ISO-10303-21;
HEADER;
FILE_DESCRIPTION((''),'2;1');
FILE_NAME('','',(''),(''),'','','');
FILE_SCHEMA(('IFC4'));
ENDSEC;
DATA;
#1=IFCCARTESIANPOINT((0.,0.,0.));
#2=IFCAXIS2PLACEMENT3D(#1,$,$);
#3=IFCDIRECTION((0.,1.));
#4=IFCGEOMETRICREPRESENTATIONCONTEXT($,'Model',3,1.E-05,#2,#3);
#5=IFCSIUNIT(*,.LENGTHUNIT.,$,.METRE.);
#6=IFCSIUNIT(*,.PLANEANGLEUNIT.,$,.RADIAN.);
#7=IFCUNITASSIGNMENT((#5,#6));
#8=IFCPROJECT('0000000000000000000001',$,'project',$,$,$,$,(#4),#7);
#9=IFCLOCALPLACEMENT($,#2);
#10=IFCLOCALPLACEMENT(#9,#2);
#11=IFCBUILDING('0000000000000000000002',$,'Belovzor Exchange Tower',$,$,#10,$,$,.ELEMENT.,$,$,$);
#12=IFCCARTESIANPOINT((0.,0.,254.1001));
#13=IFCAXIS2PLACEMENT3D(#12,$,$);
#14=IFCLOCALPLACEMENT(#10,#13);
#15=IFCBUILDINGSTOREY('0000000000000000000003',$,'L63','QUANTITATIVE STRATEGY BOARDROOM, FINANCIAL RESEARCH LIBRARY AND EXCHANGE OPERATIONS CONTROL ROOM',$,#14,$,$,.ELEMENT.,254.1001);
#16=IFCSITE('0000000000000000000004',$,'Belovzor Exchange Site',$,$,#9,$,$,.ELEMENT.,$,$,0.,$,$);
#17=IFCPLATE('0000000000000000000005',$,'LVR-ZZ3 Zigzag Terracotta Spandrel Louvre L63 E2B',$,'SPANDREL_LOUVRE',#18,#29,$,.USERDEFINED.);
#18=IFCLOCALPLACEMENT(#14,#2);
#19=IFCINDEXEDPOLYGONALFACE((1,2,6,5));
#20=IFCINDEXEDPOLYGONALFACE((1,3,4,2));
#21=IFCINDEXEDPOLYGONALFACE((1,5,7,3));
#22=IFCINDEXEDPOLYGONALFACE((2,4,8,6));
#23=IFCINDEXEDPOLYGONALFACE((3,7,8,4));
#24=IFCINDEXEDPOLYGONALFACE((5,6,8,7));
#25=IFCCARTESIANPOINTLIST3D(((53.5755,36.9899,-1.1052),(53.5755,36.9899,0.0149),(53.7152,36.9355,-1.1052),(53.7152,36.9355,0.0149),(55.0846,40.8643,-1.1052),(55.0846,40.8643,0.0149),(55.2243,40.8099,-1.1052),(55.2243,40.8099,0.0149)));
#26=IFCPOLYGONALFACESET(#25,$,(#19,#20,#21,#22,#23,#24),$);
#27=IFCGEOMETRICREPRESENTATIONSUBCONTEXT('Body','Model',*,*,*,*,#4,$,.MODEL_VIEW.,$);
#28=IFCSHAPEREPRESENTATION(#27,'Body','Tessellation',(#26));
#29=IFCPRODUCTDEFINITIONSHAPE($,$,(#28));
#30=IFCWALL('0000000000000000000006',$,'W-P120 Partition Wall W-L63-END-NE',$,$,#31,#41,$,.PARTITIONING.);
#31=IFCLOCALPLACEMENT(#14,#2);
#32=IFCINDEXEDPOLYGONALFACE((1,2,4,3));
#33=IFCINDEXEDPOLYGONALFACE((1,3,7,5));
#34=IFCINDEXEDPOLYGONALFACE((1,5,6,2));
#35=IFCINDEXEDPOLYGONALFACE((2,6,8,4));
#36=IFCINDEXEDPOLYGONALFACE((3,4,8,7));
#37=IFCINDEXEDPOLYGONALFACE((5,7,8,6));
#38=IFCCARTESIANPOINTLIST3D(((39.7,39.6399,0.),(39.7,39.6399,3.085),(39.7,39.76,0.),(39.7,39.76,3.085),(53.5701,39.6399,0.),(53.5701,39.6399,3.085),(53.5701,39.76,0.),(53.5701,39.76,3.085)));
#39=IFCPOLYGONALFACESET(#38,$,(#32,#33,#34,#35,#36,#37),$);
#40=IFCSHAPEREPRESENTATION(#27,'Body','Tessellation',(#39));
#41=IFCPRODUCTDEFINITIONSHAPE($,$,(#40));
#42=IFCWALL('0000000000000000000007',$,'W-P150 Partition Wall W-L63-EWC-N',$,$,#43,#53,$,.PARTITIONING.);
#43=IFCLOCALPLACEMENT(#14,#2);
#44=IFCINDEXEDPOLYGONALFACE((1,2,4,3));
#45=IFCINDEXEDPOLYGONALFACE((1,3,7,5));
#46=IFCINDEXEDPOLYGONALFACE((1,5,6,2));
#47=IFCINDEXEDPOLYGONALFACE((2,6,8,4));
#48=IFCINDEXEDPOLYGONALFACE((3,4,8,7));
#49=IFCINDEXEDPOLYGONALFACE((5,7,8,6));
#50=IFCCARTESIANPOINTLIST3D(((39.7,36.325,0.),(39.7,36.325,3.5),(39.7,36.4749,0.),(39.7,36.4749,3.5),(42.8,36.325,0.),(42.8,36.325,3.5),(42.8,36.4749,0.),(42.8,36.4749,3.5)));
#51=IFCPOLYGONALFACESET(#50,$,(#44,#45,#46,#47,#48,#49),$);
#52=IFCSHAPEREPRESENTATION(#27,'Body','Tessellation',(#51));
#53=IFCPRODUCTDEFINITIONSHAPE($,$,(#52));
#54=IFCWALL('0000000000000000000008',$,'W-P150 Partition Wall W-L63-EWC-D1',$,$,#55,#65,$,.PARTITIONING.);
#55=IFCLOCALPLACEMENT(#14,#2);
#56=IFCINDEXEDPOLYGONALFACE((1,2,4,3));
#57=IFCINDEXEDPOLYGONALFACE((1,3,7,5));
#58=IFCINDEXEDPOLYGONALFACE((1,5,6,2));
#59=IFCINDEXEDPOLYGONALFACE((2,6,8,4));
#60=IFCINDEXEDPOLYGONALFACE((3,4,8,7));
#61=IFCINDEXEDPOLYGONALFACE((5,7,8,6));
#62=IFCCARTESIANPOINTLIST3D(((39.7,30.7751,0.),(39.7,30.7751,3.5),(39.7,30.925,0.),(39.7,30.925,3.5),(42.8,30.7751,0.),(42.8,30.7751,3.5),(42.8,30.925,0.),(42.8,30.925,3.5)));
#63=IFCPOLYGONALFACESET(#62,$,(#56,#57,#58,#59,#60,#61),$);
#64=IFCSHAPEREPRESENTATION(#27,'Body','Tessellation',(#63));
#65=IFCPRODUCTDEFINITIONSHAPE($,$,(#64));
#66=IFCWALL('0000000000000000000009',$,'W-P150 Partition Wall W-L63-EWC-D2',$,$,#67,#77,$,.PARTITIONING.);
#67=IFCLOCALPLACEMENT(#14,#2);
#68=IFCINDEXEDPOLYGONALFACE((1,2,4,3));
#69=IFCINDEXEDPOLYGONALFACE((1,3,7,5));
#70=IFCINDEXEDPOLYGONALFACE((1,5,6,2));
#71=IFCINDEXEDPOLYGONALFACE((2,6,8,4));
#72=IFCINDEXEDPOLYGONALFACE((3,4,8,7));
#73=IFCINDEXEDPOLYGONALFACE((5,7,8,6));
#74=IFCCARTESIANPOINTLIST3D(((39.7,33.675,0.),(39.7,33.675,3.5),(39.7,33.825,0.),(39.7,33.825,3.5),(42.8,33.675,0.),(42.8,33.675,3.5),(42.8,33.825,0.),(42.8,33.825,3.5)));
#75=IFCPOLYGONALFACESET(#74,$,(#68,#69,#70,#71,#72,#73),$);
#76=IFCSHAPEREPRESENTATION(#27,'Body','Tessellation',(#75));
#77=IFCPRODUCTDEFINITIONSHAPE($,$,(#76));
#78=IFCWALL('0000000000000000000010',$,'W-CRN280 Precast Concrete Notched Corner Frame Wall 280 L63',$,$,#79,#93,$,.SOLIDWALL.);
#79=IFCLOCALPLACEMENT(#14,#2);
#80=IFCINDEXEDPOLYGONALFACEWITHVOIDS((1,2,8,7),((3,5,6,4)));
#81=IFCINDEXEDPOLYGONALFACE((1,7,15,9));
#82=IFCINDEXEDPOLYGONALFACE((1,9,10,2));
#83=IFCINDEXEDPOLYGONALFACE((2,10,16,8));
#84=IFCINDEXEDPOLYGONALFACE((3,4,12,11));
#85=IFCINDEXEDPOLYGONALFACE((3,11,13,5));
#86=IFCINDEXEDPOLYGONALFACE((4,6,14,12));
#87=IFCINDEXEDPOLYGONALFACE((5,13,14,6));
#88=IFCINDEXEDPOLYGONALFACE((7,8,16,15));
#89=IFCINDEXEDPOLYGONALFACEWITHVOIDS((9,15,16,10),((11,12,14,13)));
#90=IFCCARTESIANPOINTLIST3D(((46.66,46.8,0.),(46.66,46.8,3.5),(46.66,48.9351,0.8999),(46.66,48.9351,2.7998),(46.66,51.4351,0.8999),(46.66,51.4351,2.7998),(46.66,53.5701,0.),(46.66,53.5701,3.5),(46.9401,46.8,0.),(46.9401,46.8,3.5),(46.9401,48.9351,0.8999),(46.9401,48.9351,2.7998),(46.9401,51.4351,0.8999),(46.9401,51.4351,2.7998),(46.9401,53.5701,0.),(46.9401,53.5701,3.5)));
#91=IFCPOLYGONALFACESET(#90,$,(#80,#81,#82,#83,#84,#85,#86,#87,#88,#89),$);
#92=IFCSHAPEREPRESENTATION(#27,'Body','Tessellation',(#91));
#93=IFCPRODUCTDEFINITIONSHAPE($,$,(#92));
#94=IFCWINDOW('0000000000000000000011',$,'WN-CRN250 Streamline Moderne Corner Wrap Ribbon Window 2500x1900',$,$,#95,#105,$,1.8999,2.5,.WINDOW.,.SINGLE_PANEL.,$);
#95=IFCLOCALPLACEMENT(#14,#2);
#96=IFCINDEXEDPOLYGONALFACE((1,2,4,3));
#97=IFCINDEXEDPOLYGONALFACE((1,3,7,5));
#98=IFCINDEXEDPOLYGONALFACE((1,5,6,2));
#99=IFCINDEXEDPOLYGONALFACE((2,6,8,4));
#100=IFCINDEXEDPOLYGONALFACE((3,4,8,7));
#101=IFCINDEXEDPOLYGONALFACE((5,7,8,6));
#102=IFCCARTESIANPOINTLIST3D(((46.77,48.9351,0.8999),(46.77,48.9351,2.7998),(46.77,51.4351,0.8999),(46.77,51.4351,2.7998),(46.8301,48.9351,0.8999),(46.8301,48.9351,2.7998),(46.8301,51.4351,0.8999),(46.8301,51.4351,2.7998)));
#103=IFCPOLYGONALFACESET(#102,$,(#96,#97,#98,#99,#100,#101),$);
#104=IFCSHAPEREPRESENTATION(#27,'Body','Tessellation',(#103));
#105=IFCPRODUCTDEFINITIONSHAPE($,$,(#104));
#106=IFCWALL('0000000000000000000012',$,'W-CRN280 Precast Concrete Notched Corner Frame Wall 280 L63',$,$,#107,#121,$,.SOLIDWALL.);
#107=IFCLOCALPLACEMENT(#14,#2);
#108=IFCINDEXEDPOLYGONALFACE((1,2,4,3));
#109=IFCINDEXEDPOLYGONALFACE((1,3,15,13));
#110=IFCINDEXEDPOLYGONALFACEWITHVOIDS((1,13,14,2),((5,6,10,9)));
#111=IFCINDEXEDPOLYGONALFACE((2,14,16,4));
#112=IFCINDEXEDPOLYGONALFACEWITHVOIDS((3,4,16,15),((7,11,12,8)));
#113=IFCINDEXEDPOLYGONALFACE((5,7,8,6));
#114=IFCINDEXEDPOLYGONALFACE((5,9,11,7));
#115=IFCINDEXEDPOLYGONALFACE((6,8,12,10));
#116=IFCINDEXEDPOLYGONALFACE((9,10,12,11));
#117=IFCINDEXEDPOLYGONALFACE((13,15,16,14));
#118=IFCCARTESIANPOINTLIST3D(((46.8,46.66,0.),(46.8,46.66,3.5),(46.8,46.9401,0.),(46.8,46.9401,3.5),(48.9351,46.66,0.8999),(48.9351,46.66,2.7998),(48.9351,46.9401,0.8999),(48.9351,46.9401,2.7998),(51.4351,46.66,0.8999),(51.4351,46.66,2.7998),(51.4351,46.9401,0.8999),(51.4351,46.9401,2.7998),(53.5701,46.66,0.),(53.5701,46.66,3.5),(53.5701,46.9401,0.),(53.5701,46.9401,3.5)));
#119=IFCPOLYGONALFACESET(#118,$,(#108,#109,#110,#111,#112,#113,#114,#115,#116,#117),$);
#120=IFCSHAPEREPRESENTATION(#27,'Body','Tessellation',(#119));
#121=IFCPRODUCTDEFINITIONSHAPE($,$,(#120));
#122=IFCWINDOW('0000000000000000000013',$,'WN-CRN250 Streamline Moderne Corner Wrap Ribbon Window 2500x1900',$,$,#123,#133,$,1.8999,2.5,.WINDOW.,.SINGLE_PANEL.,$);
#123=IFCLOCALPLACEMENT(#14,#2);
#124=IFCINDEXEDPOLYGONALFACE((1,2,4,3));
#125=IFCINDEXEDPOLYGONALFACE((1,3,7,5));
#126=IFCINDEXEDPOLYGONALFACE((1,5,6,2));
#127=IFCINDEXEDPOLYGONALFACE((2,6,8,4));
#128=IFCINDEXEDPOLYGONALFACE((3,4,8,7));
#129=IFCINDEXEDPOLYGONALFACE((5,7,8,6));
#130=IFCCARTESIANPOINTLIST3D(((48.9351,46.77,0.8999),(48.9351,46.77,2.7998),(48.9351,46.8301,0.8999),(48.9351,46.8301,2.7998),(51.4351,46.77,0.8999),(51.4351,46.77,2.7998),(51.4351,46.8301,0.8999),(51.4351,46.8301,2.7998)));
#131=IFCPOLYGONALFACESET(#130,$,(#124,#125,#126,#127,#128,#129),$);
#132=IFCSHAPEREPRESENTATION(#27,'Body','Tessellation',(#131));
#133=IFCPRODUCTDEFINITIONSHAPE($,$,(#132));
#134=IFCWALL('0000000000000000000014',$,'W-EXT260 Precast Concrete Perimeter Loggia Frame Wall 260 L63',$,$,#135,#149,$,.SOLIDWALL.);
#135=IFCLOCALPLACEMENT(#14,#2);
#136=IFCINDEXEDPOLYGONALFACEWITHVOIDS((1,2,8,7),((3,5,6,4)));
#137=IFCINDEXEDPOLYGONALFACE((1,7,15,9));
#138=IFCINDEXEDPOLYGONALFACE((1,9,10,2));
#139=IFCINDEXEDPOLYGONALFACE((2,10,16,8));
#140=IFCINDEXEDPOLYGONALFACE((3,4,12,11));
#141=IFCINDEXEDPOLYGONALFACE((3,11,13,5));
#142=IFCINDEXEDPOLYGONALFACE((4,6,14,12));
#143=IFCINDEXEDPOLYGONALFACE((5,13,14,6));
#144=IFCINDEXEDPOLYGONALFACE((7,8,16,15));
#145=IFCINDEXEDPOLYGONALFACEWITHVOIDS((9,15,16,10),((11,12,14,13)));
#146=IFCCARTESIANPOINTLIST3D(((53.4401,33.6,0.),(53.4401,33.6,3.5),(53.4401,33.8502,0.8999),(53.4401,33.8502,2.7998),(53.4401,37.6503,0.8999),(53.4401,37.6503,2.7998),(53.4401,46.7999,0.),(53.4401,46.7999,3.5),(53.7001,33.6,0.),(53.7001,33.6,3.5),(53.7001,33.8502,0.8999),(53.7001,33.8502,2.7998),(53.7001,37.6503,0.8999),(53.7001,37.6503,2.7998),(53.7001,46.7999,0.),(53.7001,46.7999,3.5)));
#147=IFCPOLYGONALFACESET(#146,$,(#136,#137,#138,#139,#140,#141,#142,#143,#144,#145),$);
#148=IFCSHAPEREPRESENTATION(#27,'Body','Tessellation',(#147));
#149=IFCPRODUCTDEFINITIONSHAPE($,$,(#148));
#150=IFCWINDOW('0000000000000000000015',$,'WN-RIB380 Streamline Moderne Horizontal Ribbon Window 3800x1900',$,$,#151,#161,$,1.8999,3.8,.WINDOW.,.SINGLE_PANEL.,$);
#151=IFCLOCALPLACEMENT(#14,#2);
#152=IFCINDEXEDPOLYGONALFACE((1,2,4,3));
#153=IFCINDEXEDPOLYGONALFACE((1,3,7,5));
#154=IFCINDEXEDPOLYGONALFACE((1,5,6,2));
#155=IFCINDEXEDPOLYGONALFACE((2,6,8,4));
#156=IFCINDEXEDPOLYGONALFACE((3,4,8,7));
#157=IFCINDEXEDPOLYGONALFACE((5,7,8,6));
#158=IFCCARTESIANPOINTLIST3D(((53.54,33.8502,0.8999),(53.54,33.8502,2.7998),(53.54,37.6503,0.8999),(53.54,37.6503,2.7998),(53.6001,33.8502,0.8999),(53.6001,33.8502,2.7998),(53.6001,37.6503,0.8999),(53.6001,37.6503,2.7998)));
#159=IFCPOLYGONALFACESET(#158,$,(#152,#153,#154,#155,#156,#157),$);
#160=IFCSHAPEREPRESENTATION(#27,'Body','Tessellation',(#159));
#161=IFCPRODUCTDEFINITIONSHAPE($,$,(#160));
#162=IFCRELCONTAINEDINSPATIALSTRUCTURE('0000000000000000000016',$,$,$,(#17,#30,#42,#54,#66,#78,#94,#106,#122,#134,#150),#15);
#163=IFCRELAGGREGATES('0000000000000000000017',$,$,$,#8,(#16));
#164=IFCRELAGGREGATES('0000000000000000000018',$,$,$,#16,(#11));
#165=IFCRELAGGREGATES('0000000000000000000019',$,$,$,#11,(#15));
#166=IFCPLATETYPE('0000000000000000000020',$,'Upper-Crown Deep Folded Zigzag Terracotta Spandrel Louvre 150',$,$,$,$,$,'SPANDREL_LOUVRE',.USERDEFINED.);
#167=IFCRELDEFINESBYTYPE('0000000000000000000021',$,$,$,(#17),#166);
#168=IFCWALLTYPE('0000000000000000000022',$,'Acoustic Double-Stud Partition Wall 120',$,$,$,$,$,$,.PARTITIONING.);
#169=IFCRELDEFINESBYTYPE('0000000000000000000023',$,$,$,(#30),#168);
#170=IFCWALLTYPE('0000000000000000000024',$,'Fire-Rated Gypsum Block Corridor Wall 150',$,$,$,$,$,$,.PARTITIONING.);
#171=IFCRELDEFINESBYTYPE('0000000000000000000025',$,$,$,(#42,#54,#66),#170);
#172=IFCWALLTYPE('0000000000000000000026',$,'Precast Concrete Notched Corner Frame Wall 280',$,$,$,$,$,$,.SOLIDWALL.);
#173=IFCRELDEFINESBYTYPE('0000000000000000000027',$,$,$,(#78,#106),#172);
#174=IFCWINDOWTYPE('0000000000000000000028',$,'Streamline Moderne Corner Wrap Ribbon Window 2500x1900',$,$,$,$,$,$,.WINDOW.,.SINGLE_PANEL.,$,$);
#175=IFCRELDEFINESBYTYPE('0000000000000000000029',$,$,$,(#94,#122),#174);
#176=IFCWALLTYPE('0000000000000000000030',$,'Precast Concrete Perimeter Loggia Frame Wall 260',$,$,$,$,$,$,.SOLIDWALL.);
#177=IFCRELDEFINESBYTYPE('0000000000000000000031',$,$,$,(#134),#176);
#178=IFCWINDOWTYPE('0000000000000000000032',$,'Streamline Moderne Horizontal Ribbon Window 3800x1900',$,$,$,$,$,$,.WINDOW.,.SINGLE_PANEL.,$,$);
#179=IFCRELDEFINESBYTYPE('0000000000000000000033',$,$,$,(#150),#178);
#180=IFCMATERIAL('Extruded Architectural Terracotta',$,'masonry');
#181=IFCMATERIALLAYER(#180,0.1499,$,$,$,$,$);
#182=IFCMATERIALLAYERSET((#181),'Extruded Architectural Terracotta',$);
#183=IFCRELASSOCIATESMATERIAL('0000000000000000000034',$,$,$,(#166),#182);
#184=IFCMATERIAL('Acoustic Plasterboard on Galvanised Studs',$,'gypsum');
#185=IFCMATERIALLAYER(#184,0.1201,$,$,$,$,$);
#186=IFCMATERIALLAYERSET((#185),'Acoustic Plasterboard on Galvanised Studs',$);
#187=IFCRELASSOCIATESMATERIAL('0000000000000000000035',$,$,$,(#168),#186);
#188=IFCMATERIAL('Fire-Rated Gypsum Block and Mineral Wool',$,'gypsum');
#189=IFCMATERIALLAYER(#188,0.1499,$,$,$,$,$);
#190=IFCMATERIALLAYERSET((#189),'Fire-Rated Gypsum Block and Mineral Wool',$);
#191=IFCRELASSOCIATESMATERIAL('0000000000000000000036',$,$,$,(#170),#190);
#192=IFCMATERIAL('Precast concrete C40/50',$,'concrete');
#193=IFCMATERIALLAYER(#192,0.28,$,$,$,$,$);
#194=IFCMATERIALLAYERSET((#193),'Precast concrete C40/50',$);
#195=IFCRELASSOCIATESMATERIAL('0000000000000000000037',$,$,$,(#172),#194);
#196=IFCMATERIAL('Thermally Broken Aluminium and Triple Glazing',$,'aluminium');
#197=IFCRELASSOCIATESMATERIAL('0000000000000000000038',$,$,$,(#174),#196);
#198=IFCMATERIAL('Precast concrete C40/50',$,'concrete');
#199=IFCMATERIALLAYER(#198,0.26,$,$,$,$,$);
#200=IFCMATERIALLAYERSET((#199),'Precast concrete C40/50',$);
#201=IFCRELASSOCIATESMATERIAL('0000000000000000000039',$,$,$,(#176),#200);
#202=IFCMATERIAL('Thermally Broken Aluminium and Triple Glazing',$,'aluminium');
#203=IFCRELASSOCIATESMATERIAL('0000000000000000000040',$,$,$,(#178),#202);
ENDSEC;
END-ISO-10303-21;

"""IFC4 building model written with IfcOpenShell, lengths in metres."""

from ifc_helpers import new_model, si_unit, direction, frame, frame_2d, origin, origin_2d, place, context, subcontext, project, spatial, rectangle, extrude, material, layer, layer_set, type_object, element, fill, save


model = new_model("IFC4")

# Units and contexts
model_context = context("Model", 3, precision=1e-05, world=origin(), true_north=direction((0.0, 1.0)))
body_context = subcontext(model_context, "Body", "Model", "MODEL_VIEW")
ifc_project = project(units=[si_unit("LENGTHUNIT", "METRE"), si_unit("PLANEANGLEUNIT", "RADIAN")], contexts=[model_context])

# Site, building, storey
site_placement = place(None, origin())
site = spatial("IfcSite", under=ifc_project, at=site_placement, Name="Belovzor Exchange Site", CompositionType="ELEMENT", RefElevation=0.0)
building_placement = place(site_placement, origin())
building = spatial("IfcBuilding", under=site, at=building_placement, Name="Belovzor Exchange Tower", CompositionType="ELEMENT")
storey_placement = place(building_placement, frame((0.0, 0.0, 254.1001)))
storey = spatial("IfcBuildingStorey", under=building, at=storey_placement, Name="L63", Description="QUANTITATIVE STRATEGY BOARDROOM, FINANCIAL RESEARCH LIBRARY AND EXCHANGE OPERATIONS CONTROL ROOM", CompositionType="ELEMENT", Elevation=254.1001)

# Plate
ifc_material_1 = material(Name="Extruded Architectural Terracotta", Category="masonry")
ifc_layer_1 = layer(ifc_material_1, 0.1499)
ifc_layer_set_1 = layer_set([ifc_layer_1], Name="Extruded Architectural Terracotta")
plate_type_1 = type_object("IfcPlateType", Name="Upper-Crown Deep Folded Zigzag Terracotta Spandrel Louvre 150", ElementType="SPANDREL_LOUVRE", PredefinedType="USERDEFINED", material=ifc_layer_set_1)
for number, where, z_axis, x_axis, name in (
    (1, (54.3999, 38.8999, -1.1052), (0.0, 0.0, 1.0), (0.362926, 0.931818, 0.0), "LVR-ZZ3 Zigzag Terracotta Spandrel Louvre L63 E2B"),
):
    element("IfcPlate", number, at=place(storey_placement, frame(where, z_axis=z_axis, x_axis=x_axis)), inside=storey, type_object=plate_type_1, Name=name, ObjectType="SPANDREL_LOUVRE", PredefinedType="USERDEFINED", context=body_context, shape_type="SweptSolid", body=[
        extrude(rectangle(XDim=4.158, YDim=0.1499, at=origin_2d()), origin(), (0.0, 0.0, 1.0), 1.1201),
    ])

# Walls
ifc_material_2 = material(Name="Acoustic Plasterboard on Galvanised Studs", Category="gypsum")
ifc_layer_2 = layer(ifc_material_2, 0.1201)
ifc_layer_set_2 = layer_set([ifc_layer_2], Name="Acoustic Plasterboard on Galvanised Studs")
wall_type_1 = type_object("IfcWallType", Name="Acoustic Double-Stud Partition Wall 120", PredefinedType="PARTITIONING", material=ifc_layer_set_2)
wall_1_placement = place(storey_placement, frame((39.7, 39.7, 0.0), z_axis=(0.0, 0.0, 1.0), x_axis=(1.0, 0.0, 0.0)))
element("IfcWall", 2, at=wall_1_placement, inside=storey, type_object=wall_type_1, Name="W-P120 Partition Wall W-L63-END-NE", PredefinedType="PARTITIONING", context=body_context, shape_type="SweptSolid", body=[
    extrude(rectangle(XDim=13.8701, YDim=0.1201, at=frame_2d((6.9351, 0.0))), origin(), (0.0, 0.0, 1.0), 3.085),
])
ifc_material_3 = material(Name="Fire-Rated Gypsum Block and Mineral Wool", Category="gypsum")
ifc_layer_3 = layer(ifc_material_3, 0.1499)
ifc_layer_set_3 = layer_set([ifc_layer_3], Name="Fire-Rated Gypsum Block and Mineral Wool")
wall_type_2 = type_object("IfcWallType", Name="Fire-Rated Gypsum Block Corridor Wall 150", PredefinedType="PARTITIONING", material=ifc_layer_set_3)
for number, where, z_axis, x_axis, name in (
    (3, (39.7, 36.3999, 0.0), (0.0, 0.0, 1.0), (1.0, 0.0, 0.0), "W-P150 Partition Wall W-L63-EWC-N"),
    (4, (39.7, 30.8501, 0.0), (0.0, 0.0, 1.0), (1.0, 0.0, 0.0), "W-P150 Partition Wall W-L63-EWC-D1"),
    (5, (39.7, 33.75, 0.0), (0.0, 0.0, 1.0), (1.0, 0.0, 0.0), "W-P150 Partition Wall W-L63-EWC-D2"),
):
    element("IfcWall", number, at=place(storey_placement, frame(where, z_axis=z_axis, x_axis=x_axis)), inside=storey, type_object=wall_type_2, Name=name, PredefinedType="PARTITIONING", context=body_context, shape_type="SweptSolid", body=[
        extrude(rectangle(XDim=3.1001, YDim=0.1499, at=frame_2d((1.55, 0.0))), origin(), (0.0, 0.0, 1.0), 3.5),
    ])

# Walls, openings, windows
ifc_material_4 = material(Name="Precast concrete C40/50", Category="concrete")
ifc_layer_4 = layer(ifc_material_4, 0.28)
ifc_layer_set_4 = layer_set([ifc_layer_4], Name="Precast concrete C40/50")
wall_type_3 = type_object("IfcWallType", Name="Precast Concrete Notched Corner Frame Wall 280", PredefinedType="SOLIDWALL", material=ifc_layer_set_4)
wall_2_placement = place(storey_placement, frame((46.8, 53.5701, 0.0), z_axis=(0.0, 0.0, 1.0), x_axis=(0.0, -1.0, 0.0)))
wall_2 = element("IfcWall", 6, at=wall_2_placement, inside=storey, type_object=wall_type_3, Name="W-CRN280 Precast Concrete Notched Corner Frame Wall 280 L63", PredefinedType="SOLIDWALL", context=body_context, shape_type="SweptSolid", body=[
    extrude(rectangle(XDim=6.77, YDim=0.28, at=frame_2d((3.385, 0.0))), origin(), (0.0, 0.0, 1.0), 3.5),
])
opening_1_placement = place(wall_2_placement, frame((2.135, 0.0, 0.8999)))
opening_1 = element("IfcOpeningElement", 7, at=opening_1_placement, cuts=wall_2, PredefinedType="OPENING", context=body_context, shape_type="SweptSolid", body=[
    extrude(rectangle(XDim=2.5, YDim=1.8999, at=frame_2d((1.25, 0.95))), frame((0.0, 0.1499, 0.0), z_axis=(0.0, -1.0, 0.0), x_axis=(1.0, 0.0, 0.0)), (0.0, 0.0, 1.0), 0.3),
])
ifc_material_5 = material(Name="Thermally Broken Aluminium and Triple Glazing", Category="aluminium")
window_type_1 = type_object("IfcWindowType", Name="Streamline Moderne Corner Wrap Ribbon Window 2500x1900", PartitioningType="SINGLE_PANEL", PredefinedType="WINDOW", material=ifc_material_5)
window_1_placement = place(opening_1_placement, origin())
window_1 = element("IfcWindow", 8, at=window_1_placement, inside=storey, type_object=window_type_1, Name="WN-CRN250 Streamline Moderne Corner Wrap Ribbon Window 2500x1900", OverallHeight=1.8999, OverallWidth=2.5, PartitioningType="SINGLE_PANEL", PredefinedType="WINDOW", context=body_context, shape_type="SweptSolid", body=[
    extrude(rectangle(XDim=2.5, YDim=1.8999, at=frame_2d((1.25, 0.95))), frame((0.0, 0.03, 0.0), z_axis=(0.0, -1.0, 0.0), x_axis=(1.0, 0.0, 0.0)), (0.0, 0.0, 1.0), 0.0601),
])
fill(opening_1, window_1)
wall_3_placement = place(storey_placement, frame((46.8, 46.8, 0.0), z_axis=(0.0, 0.0, 1.0), x_axis=(1.0, 0.0, 0.0)))
wall_3 = element("IfcWall", 9, at=wall_3_placement, inside=storey, type_object=wall_type_3, Name="W-CRN280 Precast Concrete Notched Corner Frame Wall 280 L63", PredefinedType="SOLIDWALL", context=body_context, shape_type="SweptSolid", body=[
    extrude(rectangle(XDim=6.77, YDim=0.28, at=frame_2d((3.385, 0.0))), origin(), (0.0, 0.0, 1.0), 3.5),
])
opening_2_placement = place(wall_3_placement, frame((2.135, 0.0, 0.8999)))
opening_2 = element("IfcOpeningElement", 10, at=opening_2_placement, cuts=wall_3, PredefinedType="OPENING", context=body_context, shape_type="SweptSolid", body=[
    extrude(rectangle(XDim=2.5, YDim=1.8999, at=frame_2d((1.25, 0.95))), frame((0.0, 0.1499, 0.0), z_axis=(0.0, -1.0, 0.0), x_axis=(1.0, 0.0, 0.0)), (0.0, 0.0, 1.0), 0.3),
])
window_2_placement = place(opening_2_placement, origin())
window_2 = element("IfcWindow", 11, at=window_2_placement, inside=storey, type_object=window_type_1, Name="WN-CRN250 Streamline Moderne Corner Wrap Ribbon Window 2500x1900", OverallHeight=1.8999, OverallWidth=2.5, PartitioningType="SINGLE_PANEL", PredefinedType="WINDOW", context=body_context, shape_type="SweptSolid", body=[
    extrude(rectangle(XDim=2.5, YDim=1.8999, at=frame_2d((1.25, 0.95))), frame((0.0, 0.03, 0.0), z_axis=(0.0, -1.0, 0.0), x_axis=(1.0, 0.0, 0.0)), (0.0, 0.0, 1.0), 0.0601),
])
fill(opening_2, window_2)
ifc_material_6 = material(Name="Precast concrete C40/50", Category="concrete")
ifc_layer_5 = layer(ifc_material_6, 0.26)
ifc_layer_set_5 = layer_set([ifc_layer_5], Name="Precast concrete C40/50")
wall_type_4 = type_object("IfcWallType", Name="Precast Concrete Perimeter Loggia Frame Wall 260", PredefinedType="SOLIDWALL", material=ifc_layer_set_5)
wall_4_placement = place(storey_placement, frame((53.5701, 46.8, 0.0), z_axis=(0.0, 0.0, 1.0), x_axis=(0.0, -1.0, 0.0)))
wall_4 = element("IfcWall", 12, at=wall_4_placement, inside=storey, type_object=wall_type_4, Name="W-EXT260 Precast Concrete Perimeter Loggia Frame Wall 260 L63", PredefinedType="SOLIDWALL", context=body_context, shape_type="SweptSolid", body=[
    extrude(rectangle(XDim=13.2, YDim=0.26, at=frame_2d((6.6001, 0.0))), origin(), (0.0, 0.0, 1.0), 3.5),
])
opening_3_placement = place(wall_4_placement, frame((9.1499, 0.0, 0.8999)))
opening_3 = element("IfcOpeningElement", 13, at=opening_3_placement, cuts=wall_4, PredefinedType="OPENING", context=body_context, shape_type="SweptSolid", body=[
    extrude(rectangle(XDim=3.8, YDim=1.8999, at=frame_2d((1.8999, 0.95))), frame((0.0, 0.1399, 0.0), z_axis=(0.0, -1.0, 0.0), x_axis=(1.0, 0.0, 0.0)), (0.0, 0.0, 1.0), 0.28),
])
ifc_material_7 = material(Name="Thermally Broken Aluminium and Triple Glazing", Category="aluminium")
window_type_2 = type_object("IfcWindowType", Name="Streamline Moderne Horizontal Ribbon Window 3800x1900", PartitioningType="SINGLE_PANEL", PredefinedType="WINDOW", material=ifc_material_7)
window_3_placement = place(opening_3_placement, origin())
window_3 = element("IfcWindow", 14, at=window_3_placement, inside=storey, type_object=window_type_2, Name="WN-RIB380 Streamline Moderne Horizontal Ribbon Window 3800x1900", OverallHeight=1.8999, OverallWidth=3.8, PartitioningType="SINGLE_PANEL", PredefinedType="WINDOW", context=body_context, shape_type="SweptSolid", body=[
    extrude(rectangle(XDim=3.8, YDim=1.8999, at=frame_2d((1.8999, 0.95))), frame((0.0, 0.03, 0.0), z_axis=(0.0, -1.0, 0.0), x_axis=(1.0, 0.0, 0.0)), (0.0, 0.0, 1.0), 0.0601),
])
fill(opening_3, window_3)

save(model, "model.ifc")
